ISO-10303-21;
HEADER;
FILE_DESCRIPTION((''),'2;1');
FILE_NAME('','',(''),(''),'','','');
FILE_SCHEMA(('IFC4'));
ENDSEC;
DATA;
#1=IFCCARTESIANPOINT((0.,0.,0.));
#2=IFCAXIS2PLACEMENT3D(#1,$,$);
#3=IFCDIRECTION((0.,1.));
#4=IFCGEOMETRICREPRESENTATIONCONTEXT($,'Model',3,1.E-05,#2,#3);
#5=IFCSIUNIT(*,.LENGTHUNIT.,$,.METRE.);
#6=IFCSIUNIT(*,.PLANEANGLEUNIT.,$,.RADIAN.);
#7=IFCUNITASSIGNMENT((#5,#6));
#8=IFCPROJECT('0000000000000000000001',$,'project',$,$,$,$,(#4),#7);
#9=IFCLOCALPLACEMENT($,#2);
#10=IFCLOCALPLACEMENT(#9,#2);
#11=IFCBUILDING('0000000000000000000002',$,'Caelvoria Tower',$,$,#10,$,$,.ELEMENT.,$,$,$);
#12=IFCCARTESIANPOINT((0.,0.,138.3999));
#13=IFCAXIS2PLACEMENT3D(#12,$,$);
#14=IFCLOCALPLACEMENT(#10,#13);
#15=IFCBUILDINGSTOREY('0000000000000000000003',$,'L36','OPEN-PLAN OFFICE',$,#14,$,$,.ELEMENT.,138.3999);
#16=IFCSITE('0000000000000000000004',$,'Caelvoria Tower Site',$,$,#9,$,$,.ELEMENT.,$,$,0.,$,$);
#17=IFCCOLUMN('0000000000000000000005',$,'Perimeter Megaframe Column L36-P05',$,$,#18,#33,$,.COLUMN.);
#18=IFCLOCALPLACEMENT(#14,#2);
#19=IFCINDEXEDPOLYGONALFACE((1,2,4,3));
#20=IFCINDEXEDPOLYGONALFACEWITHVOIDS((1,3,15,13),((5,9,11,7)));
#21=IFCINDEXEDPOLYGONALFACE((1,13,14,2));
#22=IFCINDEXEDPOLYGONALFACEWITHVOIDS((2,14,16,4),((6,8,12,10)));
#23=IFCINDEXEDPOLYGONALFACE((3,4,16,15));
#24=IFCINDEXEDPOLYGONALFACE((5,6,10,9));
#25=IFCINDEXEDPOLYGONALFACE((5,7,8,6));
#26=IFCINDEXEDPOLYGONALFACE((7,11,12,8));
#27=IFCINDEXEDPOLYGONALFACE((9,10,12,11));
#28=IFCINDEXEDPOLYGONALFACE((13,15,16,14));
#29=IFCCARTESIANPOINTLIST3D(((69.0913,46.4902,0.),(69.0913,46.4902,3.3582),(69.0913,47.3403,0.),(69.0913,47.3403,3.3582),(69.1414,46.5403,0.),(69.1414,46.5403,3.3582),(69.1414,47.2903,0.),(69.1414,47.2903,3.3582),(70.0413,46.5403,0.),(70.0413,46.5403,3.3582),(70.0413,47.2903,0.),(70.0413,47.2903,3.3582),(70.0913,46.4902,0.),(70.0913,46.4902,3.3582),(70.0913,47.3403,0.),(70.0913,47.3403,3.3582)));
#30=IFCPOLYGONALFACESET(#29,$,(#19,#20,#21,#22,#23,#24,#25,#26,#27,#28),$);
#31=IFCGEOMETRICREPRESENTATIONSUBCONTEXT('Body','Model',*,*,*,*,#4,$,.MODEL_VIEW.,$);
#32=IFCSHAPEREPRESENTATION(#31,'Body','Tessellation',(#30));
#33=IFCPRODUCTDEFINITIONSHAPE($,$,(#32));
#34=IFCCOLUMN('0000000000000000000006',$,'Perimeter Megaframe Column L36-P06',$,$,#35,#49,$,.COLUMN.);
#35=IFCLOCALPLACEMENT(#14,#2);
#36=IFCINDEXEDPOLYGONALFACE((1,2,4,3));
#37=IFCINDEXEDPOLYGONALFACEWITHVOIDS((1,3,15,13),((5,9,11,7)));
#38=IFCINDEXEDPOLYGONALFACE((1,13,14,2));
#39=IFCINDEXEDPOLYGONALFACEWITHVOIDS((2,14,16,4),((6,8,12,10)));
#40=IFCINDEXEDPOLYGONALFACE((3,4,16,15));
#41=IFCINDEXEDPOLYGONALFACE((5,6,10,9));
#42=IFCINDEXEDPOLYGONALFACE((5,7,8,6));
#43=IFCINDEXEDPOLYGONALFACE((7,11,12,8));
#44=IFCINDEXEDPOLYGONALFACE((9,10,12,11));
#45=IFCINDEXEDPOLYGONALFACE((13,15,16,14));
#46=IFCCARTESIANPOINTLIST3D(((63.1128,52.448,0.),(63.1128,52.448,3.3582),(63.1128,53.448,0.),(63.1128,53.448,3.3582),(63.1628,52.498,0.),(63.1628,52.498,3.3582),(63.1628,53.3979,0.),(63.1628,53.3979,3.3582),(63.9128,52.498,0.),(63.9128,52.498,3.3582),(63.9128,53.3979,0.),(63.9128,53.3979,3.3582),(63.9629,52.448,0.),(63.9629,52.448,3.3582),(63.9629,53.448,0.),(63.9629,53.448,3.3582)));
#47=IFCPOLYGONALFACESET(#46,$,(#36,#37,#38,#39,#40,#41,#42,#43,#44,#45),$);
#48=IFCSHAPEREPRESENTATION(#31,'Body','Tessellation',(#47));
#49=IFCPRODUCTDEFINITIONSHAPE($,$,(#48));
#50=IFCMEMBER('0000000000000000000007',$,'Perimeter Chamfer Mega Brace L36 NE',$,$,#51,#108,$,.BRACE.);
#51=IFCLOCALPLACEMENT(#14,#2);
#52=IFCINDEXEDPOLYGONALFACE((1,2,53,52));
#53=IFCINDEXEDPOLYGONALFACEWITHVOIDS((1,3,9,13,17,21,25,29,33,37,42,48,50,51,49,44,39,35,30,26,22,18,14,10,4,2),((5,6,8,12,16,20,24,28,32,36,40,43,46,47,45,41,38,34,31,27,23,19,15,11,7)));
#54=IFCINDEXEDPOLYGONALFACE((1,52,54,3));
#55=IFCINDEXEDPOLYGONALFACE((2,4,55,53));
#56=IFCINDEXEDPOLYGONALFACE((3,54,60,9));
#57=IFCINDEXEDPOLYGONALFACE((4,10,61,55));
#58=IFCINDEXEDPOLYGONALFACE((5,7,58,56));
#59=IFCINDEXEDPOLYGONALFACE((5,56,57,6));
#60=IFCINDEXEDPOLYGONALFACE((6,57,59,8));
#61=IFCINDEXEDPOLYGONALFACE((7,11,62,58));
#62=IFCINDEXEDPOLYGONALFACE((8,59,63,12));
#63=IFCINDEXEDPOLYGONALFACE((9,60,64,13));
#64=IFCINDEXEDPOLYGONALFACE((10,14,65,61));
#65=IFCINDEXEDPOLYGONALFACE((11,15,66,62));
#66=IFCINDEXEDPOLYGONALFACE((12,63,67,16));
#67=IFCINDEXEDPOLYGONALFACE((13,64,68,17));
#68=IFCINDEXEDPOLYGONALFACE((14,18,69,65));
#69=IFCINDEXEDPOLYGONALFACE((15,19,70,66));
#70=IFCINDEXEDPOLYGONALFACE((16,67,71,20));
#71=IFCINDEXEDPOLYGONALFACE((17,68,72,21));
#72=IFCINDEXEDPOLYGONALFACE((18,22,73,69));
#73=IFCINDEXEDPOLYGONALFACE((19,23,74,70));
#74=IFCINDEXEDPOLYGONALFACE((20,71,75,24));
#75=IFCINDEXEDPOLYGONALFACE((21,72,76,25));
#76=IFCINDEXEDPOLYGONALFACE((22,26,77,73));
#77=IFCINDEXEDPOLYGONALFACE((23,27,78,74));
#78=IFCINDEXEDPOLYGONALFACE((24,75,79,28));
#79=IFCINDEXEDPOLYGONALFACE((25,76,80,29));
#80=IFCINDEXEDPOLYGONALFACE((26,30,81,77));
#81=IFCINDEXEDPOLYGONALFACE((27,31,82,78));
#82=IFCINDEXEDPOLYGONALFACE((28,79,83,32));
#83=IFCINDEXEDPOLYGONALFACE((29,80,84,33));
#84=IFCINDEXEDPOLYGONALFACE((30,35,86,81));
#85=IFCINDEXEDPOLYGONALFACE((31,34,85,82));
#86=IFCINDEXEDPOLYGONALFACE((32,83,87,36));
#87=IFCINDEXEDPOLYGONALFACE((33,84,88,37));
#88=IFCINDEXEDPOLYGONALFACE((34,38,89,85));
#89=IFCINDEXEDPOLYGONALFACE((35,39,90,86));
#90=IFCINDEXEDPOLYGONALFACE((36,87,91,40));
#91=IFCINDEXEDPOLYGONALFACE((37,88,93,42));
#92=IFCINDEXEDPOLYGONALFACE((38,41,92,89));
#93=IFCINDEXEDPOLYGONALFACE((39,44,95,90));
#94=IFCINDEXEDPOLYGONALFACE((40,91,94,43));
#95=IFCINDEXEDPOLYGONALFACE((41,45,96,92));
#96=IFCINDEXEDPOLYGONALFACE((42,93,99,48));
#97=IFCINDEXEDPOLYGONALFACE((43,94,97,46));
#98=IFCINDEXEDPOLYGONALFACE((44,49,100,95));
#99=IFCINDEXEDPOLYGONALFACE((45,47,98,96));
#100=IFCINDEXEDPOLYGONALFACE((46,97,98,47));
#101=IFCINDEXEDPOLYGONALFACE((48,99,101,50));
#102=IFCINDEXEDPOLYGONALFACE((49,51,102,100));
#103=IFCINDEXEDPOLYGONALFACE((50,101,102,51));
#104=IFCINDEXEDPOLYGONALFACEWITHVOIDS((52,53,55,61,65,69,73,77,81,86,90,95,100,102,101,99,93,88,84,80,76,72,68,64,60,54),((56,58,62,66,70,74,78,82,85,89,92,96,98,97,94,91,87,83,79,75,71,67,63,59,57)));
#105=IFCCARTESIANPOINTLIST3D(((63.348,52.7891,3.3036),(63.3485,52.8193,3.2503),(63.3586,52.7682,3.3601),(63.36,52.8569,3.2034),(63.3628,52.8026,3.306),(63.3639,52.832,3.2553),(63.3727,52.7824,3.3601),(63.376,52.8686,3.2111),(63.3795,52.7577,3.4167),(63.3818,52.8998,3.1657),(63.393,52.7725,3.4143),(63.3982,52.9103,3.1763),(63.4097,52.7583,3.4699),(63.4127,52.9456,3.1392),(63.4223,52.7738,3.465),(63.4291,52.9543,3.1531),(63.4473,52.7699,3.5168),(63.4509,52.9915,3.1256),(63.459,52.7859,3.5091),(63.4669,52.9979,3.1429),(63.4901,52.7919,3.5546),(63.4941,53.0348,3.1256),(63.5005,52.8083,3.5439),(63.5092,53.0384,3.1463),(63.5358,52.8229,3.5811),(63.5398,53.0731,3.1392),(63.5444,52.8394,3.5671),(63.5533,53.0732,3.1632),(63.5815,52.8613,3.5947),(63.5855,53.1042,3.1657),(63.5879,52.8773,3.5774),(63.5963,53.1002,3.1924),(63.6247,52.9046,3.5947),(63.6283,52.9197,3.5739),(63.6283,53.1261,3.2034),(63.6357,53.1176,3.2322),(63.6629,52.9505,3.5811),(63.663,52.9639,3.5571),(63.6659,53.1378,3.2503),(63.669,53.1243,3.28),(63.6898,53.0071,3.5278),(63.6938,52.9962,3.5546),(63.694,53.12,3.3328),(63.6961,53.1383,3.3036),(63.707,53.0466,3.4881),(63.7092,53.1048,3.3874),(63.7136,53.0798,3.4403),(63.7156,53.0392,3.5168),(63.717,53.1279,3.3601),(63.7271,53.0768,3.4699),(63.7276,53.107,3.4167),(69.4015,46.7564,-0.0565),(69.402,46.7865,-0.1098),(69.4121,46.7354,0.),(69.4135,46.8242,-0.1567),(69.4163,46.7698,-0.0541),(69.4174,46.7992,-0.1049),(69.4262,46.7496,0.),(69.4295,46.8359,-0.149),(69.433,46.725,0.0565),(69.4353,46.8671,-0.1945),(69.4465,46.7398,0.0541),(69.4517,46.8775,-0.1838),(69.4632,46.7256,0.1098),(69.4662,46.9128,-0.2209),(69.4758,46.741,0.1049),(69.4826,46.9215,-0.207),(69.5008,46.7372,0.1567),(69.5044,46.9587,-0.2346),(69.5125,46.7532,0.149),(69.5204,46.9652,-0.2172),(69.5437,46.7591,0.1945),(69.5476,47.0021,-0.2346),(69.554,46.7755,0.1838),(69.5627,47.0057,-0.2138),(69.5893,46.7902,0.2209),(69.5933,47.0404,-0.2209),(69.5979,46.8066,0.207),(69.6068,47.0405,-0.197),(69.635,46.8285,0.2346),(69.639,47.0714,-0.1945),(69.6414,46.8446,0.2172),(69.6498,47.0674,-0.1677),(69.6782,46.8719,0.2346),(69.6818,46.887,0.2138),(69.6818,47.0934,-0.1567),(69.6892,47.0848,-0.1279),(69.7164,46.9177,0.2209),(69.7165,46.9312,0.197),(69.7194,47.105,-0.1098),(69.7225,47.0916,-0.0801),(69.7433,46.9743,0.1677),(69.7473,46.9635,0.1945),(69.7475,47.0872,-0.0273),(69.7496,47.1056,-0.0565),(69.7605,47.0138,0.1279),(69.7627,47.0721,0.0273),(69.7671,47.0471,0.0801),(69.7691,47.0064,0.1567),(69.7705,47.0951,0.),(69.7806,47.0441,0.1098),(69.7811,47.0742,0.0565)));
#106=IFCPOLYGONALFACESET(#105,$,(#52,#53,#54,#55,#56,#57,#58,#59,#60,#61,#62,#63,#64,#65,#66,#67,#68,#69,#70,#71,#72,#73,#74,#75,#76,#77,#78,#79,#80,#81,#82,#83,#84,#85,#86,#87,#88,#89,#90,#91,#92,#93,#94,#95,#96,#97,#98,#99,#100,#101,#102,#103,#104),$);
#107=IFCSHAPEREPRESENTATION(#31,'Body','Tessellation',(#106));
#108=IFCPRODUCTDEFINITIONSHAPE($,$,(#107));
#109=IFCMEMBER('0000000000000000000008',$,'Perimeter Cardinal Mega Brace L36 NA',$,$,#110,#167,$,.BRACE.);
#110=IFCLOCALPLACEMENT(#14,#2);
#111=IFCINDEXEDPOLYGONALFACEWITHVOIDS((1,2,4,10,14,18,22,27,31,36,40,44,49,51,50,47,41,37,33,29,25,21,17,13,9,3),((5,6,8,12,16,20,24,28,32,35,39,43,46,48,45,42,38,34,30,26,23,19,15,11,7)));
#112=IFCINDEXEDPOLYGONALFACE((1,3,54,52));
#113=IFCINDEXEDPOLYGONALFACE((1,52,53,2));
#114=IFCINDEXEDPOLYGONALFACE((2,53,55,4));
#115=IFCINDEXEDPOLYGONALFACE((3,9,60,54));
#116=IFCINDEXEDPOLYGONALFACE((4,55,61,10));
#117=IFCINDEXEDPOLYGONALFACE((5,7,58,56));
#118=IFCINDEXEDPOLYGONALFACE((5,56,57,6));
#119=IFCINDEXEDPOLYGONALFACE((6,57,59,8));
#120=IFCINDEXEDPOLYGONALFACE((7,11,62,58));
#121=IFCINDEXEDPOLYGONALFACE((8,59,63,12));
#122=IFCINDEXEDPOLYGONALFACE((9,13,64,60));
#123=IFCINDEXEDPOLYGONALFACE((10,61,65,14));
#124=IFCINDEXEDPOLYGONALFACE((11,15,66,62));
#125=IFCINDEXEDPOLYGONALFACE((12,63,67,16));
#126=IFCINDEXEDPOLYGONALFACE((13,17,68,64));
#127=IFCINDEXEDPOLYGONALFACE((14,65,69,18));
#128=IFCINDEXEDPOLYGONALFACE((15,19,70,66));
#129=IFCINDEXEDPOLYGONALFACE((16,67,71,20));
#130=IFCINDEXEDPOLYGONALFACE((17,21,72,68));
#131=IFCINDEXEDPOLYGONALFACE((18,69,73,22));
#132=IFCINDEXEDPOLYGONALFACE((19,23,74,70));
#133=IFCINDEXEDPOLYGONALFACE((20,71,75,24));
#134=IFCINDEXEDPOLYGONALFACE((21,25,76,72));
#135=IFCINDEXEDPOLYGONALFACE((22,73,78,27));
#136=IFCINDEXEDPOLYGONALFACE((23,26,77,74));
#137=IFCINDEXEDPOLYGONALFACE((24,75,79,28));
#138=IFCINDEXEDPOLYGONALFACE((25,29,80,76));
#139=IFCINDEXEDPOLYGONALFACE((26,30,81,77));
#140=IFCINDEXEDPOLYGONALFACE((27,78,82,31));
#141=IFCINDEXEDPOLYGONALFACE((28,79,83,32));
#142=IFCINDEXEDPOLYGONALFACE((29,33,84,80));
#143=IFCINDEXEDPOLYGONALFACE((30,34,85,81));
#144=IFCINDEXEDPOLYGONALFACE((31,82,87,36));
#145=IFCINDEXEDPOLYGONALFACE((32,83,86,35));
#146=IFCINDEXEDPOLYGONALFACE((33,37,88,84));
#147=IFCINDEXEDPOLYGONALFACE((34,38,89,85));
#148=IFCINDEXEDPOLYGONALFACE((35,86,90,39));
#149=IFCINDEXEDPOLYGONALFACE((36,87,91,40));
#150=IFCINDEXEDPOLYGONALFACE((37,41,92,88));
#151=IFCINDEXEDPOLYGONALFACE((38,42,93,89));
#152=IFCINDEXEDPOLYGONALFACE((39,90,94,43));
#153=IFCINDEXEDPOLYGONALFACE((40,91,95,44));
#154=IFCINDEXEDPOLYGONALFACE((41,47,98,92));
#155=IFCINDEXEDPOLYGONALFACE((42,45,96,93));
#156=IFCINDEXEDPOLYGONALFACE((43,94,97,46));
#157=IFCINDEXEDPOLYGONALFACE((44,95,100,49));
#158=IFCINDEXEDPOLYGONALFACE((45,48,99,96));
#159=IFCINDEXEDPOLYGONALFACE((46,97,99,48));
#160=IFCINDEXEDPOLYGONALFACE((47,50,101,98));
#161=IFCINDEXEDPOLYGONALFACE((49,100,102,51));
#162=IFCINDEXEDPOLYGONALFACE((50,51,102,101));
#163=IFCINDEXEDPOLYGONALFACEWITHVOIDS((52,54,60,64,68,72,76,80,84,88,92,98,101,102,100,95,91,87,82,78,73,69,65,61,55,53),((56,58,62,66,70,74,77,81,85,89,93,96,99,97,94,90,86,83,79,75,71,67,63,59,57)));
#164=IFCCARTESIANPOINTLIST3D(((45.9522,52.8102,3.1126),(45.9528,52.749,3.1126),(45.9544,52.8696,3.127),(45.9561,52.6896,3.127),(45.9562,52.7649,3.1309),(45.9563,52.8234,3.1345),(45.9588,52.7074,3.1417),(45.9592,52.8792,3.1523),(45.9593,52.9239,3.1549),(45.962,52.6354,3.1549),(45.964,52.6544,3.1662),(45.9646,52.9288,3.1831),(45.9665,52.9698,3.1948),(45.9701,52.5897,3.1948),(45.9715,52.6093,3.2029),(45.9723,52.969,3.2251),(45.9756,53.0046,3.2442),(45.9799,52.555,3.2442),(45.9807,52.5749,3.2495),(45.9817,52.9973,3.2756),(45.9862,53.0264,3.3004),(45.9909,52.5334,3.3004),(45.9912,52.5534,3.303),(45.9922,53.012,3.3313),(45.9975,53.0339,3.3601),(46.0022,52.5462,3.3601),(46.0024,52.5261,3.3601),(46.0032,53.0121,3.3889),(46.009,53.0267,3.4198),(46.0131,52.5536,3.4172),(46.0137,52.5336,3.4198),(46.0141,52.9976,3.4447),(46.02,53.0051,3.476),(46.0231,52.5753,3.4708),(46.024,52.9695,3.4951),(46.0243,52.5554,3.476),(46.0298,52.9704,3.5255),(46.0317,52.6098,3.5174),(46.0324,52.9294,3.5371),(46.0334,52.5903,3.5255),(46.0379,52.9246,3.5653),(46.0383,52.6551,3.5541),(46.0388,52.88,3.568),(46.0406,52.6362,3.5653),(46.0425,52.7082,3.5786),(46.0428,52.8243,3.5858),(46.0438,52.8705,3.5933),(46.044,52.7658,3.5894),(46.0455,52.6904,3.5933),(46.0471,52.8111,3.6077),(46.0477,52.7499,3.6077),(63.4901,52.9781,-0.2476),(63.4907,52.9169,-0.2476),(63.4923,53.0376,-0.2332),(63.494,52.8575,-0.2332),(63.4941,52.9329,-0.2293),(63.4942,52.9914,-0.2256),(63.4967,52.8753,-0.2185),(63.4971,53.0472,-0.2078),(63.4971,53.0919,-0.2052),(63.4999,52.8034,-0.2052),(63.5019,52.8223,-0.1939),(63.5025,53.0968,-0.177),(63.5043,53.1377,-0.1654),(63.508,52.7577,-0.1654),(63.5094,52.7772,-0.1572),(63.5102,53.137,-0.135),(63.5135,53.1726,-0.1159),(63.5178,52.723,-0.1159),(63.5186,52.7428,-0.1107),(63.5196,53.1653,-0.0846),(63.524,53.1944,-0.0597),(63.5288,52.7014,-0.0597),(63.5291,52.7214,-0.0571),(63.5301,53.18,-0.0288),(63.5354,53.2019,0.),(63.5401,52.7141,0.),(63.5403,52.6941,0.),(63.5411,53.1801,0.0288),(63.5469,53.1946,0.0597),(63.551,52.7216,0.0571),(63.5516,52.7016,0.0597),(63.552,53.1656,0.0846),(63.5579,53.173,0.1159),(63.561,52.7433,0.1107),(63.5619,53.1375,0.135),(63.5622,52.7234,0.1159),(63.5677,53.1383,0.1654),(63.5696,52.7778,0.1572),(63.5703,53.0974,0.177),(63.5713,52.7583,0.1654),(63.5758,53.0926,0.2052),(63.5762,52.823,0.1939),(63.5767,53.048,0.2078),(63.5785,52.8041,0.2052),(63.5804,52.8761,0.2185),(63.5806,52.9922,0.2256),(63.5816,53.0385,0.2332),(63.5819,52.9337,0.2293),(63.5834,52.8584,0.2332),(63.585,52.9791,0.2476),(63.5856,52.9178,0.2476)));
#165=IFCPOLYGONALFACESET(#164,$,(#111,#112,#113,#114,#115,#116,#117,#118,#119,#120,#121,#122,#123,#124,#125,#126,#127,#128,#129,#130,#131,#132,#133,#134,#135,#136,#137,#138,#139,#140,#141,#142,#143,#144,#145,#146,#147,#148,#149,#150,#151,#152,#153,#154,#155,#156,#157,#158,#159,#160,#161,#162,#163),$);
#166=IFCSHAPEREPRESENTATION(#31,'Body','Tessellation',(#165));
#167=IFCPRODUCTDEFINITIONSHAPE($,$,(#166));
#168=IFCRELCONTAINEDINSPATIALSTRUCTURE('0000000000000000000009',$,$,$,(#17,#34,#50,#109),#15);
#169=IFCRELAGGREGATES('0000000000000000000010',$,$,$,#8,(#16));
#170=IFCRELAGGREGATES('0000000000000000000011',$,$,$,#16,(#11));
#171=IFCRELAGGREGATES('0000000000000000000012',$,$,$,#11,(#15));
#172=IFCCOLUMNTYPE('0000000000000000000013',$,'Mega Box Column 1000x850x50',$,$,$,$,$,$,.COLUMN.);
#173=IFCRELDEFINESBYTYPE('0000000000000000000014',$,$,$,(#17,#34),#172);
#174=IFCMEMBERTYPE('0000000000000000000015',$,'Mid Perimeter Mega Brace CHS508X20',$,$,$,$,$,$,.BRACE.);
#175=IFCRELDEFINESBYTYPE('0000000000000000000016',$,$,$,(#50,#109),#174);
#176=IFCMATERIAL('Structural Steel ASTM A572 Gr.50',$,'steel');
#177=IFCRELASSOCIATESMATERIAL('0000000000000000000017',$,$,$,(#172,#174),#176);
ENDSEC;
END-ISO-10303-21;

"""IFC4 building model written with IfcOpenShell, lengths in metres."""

from ifc_helpers import new_model, si_unit, direction, frame, origin, origin_2d, place, context, subcontext, project, spatial, hollow_rectangle, hollow_circle, extrude, material, material_profile, profile_set, type_object, element, save


model = new_model("IFC4")

# Units and contexts
model_context = context("Model", 3, precision=1e-05, world=origin(), true_north=direction((0.0, 1.0)))
body_context = subcontext(model_context, "Body", "Model", "MODEL_VIEW")
ifc_project = project(units=[si_unit("LENGTHUNIT", "METRE"), si_unit("PLANEANGLEUNIT", "RADIAN")], contexts=[model_context])

# Site, building, storey
site_placement = place(None, origin())
site = spatial("IfcSite", under=ifc_project, at=site_placement, Name="Caelvoria Tower Site", CompositionType="ELEMENT", RefElevation=0.0)
building_placement = place(site_placement, origin())
building = spatial("IfcBuilding", under=site, at=building_placement, Name="Caelvoria Tower", CompositionType="ELEMENT")
storey_placement = place(building_placement, frame((0.0, 0.0, 138.3999)))
storey = spatial("IfcBuildingStorey", under=building, at=storey_placement, Name="L36", Description="OPEN-PLAN OFFICE", CompositionType="ELEMENT", Elevation=138.3999)

# Columns
ifc_material_1 = material(Name="Structural Steel ASTM A572 Gr.50", Category="steel")
ifc_material_profile_1 = material_profile(ifc_material_1, hollow_rectangle(XDim=0.8501, YDim=1.0, WallThickness=0.05, at=origin_2d()), Name="Structural Steel ASTM A572 Gr.50")
ifc_profile_set_1 = profile_set([ifc_material_profile_1], Name="BOX1000X850X50 - Structural Steel ASTM A572 Gr.50")
column_type = type_object("IfcColumnType", Name="Mega Box Column 1000x850x50", PredefinedType="COLUMN", material=ifc_profile_set_1)
for number, where, z_axis, x_axis, name in (
    (1, (69.5913, 46.9153, 0.0), (0.0, 0.0, 1.0), (0.0, 1.0, 0.0), "Perimeter Megaframe Column L36-P05"),
    (2, (63.5378, 52.948, 0.0), (0.0, 0.0, 1.0), (1.0, 0.0, 0.0), "Perimeter Megaframe Column L36-P06"),
):
    element("IfcColumn", number, at=place(storey_placement, frame(where, z_axis=z_axis, x_axis=x_axis)), inside=storey, type_object=column_type, Name=name, PredefinedType="COLUMN", context=body_context, shape_type="SweptSolid", body=[
        extrude(hollow_rectangle(XDim=0.8501, YDim=1.0, WallThickness=0.05, at=origin_2d()), origin(), (0.0, 0.0, 1.0), 3.3582),
    ])

# Members
ifc_material_profile_2 = material_profile(ifc_material_1, hollow_circle(Radius=0.2539, WallThickness=0.02, at=origin_2d()), Name="Structural Steel ASTM A572 Gr.50")
ifc_profile_set_2 = profile_set([ifc_material_profile_2], Name="CHS508X20 - Structural Steel ASTM A572 Gr.50")
member_type = type_object("IfcMemberType", Name="Mid Perimeter Mega Brace CHS508X20", PredefinedType="BRACE", material=ifc_profile_set_2)
member_1_placement = place(storey_placement, frame((69.5913, 46.9153, 0.0), z_axis=(-0.6592, 0.65694, 0.365903), x_axis=(-0.705892, -0.70832, 0.0)))
element("IfcMember", 3, at=member_1_placement, inside=storey, type_object=member_type, Name="Perimeter Chamfer Mega Brace L36 NE", PredefinedType="BRACE", context=body_context, shape_type="SweptSolid", body=[
    extrude(hollow_circle(Radius=0.2539, WallThickness=0.02, at=origin_2d()), origin(), (0.0, 0.0, 1.0), 9.1831),
])
member_2_placement = place(storey_placement, frame((63.5378, 52.948, 0.0), z_axis=(-0.982093, -0.009406, 0.188161), x_axis=(0.009577, -0.999954, 0.0)))
element("IfcMember", 4, at=member_2_placement, inside=storey, type_object=member_type, Name="Perimeter Cardinal Mega Brace L36 NA", PredefinedType="BRACE", context=body_context, shape_type="SweptSolid", body=[
    extrude(hollow_circle(Radius=0.2539, WallThickness=0.02, at=origin_2d()), origin(), (0.0, 0.0, 1.0), 17.8577),
])

save(model, "model.ifc")
